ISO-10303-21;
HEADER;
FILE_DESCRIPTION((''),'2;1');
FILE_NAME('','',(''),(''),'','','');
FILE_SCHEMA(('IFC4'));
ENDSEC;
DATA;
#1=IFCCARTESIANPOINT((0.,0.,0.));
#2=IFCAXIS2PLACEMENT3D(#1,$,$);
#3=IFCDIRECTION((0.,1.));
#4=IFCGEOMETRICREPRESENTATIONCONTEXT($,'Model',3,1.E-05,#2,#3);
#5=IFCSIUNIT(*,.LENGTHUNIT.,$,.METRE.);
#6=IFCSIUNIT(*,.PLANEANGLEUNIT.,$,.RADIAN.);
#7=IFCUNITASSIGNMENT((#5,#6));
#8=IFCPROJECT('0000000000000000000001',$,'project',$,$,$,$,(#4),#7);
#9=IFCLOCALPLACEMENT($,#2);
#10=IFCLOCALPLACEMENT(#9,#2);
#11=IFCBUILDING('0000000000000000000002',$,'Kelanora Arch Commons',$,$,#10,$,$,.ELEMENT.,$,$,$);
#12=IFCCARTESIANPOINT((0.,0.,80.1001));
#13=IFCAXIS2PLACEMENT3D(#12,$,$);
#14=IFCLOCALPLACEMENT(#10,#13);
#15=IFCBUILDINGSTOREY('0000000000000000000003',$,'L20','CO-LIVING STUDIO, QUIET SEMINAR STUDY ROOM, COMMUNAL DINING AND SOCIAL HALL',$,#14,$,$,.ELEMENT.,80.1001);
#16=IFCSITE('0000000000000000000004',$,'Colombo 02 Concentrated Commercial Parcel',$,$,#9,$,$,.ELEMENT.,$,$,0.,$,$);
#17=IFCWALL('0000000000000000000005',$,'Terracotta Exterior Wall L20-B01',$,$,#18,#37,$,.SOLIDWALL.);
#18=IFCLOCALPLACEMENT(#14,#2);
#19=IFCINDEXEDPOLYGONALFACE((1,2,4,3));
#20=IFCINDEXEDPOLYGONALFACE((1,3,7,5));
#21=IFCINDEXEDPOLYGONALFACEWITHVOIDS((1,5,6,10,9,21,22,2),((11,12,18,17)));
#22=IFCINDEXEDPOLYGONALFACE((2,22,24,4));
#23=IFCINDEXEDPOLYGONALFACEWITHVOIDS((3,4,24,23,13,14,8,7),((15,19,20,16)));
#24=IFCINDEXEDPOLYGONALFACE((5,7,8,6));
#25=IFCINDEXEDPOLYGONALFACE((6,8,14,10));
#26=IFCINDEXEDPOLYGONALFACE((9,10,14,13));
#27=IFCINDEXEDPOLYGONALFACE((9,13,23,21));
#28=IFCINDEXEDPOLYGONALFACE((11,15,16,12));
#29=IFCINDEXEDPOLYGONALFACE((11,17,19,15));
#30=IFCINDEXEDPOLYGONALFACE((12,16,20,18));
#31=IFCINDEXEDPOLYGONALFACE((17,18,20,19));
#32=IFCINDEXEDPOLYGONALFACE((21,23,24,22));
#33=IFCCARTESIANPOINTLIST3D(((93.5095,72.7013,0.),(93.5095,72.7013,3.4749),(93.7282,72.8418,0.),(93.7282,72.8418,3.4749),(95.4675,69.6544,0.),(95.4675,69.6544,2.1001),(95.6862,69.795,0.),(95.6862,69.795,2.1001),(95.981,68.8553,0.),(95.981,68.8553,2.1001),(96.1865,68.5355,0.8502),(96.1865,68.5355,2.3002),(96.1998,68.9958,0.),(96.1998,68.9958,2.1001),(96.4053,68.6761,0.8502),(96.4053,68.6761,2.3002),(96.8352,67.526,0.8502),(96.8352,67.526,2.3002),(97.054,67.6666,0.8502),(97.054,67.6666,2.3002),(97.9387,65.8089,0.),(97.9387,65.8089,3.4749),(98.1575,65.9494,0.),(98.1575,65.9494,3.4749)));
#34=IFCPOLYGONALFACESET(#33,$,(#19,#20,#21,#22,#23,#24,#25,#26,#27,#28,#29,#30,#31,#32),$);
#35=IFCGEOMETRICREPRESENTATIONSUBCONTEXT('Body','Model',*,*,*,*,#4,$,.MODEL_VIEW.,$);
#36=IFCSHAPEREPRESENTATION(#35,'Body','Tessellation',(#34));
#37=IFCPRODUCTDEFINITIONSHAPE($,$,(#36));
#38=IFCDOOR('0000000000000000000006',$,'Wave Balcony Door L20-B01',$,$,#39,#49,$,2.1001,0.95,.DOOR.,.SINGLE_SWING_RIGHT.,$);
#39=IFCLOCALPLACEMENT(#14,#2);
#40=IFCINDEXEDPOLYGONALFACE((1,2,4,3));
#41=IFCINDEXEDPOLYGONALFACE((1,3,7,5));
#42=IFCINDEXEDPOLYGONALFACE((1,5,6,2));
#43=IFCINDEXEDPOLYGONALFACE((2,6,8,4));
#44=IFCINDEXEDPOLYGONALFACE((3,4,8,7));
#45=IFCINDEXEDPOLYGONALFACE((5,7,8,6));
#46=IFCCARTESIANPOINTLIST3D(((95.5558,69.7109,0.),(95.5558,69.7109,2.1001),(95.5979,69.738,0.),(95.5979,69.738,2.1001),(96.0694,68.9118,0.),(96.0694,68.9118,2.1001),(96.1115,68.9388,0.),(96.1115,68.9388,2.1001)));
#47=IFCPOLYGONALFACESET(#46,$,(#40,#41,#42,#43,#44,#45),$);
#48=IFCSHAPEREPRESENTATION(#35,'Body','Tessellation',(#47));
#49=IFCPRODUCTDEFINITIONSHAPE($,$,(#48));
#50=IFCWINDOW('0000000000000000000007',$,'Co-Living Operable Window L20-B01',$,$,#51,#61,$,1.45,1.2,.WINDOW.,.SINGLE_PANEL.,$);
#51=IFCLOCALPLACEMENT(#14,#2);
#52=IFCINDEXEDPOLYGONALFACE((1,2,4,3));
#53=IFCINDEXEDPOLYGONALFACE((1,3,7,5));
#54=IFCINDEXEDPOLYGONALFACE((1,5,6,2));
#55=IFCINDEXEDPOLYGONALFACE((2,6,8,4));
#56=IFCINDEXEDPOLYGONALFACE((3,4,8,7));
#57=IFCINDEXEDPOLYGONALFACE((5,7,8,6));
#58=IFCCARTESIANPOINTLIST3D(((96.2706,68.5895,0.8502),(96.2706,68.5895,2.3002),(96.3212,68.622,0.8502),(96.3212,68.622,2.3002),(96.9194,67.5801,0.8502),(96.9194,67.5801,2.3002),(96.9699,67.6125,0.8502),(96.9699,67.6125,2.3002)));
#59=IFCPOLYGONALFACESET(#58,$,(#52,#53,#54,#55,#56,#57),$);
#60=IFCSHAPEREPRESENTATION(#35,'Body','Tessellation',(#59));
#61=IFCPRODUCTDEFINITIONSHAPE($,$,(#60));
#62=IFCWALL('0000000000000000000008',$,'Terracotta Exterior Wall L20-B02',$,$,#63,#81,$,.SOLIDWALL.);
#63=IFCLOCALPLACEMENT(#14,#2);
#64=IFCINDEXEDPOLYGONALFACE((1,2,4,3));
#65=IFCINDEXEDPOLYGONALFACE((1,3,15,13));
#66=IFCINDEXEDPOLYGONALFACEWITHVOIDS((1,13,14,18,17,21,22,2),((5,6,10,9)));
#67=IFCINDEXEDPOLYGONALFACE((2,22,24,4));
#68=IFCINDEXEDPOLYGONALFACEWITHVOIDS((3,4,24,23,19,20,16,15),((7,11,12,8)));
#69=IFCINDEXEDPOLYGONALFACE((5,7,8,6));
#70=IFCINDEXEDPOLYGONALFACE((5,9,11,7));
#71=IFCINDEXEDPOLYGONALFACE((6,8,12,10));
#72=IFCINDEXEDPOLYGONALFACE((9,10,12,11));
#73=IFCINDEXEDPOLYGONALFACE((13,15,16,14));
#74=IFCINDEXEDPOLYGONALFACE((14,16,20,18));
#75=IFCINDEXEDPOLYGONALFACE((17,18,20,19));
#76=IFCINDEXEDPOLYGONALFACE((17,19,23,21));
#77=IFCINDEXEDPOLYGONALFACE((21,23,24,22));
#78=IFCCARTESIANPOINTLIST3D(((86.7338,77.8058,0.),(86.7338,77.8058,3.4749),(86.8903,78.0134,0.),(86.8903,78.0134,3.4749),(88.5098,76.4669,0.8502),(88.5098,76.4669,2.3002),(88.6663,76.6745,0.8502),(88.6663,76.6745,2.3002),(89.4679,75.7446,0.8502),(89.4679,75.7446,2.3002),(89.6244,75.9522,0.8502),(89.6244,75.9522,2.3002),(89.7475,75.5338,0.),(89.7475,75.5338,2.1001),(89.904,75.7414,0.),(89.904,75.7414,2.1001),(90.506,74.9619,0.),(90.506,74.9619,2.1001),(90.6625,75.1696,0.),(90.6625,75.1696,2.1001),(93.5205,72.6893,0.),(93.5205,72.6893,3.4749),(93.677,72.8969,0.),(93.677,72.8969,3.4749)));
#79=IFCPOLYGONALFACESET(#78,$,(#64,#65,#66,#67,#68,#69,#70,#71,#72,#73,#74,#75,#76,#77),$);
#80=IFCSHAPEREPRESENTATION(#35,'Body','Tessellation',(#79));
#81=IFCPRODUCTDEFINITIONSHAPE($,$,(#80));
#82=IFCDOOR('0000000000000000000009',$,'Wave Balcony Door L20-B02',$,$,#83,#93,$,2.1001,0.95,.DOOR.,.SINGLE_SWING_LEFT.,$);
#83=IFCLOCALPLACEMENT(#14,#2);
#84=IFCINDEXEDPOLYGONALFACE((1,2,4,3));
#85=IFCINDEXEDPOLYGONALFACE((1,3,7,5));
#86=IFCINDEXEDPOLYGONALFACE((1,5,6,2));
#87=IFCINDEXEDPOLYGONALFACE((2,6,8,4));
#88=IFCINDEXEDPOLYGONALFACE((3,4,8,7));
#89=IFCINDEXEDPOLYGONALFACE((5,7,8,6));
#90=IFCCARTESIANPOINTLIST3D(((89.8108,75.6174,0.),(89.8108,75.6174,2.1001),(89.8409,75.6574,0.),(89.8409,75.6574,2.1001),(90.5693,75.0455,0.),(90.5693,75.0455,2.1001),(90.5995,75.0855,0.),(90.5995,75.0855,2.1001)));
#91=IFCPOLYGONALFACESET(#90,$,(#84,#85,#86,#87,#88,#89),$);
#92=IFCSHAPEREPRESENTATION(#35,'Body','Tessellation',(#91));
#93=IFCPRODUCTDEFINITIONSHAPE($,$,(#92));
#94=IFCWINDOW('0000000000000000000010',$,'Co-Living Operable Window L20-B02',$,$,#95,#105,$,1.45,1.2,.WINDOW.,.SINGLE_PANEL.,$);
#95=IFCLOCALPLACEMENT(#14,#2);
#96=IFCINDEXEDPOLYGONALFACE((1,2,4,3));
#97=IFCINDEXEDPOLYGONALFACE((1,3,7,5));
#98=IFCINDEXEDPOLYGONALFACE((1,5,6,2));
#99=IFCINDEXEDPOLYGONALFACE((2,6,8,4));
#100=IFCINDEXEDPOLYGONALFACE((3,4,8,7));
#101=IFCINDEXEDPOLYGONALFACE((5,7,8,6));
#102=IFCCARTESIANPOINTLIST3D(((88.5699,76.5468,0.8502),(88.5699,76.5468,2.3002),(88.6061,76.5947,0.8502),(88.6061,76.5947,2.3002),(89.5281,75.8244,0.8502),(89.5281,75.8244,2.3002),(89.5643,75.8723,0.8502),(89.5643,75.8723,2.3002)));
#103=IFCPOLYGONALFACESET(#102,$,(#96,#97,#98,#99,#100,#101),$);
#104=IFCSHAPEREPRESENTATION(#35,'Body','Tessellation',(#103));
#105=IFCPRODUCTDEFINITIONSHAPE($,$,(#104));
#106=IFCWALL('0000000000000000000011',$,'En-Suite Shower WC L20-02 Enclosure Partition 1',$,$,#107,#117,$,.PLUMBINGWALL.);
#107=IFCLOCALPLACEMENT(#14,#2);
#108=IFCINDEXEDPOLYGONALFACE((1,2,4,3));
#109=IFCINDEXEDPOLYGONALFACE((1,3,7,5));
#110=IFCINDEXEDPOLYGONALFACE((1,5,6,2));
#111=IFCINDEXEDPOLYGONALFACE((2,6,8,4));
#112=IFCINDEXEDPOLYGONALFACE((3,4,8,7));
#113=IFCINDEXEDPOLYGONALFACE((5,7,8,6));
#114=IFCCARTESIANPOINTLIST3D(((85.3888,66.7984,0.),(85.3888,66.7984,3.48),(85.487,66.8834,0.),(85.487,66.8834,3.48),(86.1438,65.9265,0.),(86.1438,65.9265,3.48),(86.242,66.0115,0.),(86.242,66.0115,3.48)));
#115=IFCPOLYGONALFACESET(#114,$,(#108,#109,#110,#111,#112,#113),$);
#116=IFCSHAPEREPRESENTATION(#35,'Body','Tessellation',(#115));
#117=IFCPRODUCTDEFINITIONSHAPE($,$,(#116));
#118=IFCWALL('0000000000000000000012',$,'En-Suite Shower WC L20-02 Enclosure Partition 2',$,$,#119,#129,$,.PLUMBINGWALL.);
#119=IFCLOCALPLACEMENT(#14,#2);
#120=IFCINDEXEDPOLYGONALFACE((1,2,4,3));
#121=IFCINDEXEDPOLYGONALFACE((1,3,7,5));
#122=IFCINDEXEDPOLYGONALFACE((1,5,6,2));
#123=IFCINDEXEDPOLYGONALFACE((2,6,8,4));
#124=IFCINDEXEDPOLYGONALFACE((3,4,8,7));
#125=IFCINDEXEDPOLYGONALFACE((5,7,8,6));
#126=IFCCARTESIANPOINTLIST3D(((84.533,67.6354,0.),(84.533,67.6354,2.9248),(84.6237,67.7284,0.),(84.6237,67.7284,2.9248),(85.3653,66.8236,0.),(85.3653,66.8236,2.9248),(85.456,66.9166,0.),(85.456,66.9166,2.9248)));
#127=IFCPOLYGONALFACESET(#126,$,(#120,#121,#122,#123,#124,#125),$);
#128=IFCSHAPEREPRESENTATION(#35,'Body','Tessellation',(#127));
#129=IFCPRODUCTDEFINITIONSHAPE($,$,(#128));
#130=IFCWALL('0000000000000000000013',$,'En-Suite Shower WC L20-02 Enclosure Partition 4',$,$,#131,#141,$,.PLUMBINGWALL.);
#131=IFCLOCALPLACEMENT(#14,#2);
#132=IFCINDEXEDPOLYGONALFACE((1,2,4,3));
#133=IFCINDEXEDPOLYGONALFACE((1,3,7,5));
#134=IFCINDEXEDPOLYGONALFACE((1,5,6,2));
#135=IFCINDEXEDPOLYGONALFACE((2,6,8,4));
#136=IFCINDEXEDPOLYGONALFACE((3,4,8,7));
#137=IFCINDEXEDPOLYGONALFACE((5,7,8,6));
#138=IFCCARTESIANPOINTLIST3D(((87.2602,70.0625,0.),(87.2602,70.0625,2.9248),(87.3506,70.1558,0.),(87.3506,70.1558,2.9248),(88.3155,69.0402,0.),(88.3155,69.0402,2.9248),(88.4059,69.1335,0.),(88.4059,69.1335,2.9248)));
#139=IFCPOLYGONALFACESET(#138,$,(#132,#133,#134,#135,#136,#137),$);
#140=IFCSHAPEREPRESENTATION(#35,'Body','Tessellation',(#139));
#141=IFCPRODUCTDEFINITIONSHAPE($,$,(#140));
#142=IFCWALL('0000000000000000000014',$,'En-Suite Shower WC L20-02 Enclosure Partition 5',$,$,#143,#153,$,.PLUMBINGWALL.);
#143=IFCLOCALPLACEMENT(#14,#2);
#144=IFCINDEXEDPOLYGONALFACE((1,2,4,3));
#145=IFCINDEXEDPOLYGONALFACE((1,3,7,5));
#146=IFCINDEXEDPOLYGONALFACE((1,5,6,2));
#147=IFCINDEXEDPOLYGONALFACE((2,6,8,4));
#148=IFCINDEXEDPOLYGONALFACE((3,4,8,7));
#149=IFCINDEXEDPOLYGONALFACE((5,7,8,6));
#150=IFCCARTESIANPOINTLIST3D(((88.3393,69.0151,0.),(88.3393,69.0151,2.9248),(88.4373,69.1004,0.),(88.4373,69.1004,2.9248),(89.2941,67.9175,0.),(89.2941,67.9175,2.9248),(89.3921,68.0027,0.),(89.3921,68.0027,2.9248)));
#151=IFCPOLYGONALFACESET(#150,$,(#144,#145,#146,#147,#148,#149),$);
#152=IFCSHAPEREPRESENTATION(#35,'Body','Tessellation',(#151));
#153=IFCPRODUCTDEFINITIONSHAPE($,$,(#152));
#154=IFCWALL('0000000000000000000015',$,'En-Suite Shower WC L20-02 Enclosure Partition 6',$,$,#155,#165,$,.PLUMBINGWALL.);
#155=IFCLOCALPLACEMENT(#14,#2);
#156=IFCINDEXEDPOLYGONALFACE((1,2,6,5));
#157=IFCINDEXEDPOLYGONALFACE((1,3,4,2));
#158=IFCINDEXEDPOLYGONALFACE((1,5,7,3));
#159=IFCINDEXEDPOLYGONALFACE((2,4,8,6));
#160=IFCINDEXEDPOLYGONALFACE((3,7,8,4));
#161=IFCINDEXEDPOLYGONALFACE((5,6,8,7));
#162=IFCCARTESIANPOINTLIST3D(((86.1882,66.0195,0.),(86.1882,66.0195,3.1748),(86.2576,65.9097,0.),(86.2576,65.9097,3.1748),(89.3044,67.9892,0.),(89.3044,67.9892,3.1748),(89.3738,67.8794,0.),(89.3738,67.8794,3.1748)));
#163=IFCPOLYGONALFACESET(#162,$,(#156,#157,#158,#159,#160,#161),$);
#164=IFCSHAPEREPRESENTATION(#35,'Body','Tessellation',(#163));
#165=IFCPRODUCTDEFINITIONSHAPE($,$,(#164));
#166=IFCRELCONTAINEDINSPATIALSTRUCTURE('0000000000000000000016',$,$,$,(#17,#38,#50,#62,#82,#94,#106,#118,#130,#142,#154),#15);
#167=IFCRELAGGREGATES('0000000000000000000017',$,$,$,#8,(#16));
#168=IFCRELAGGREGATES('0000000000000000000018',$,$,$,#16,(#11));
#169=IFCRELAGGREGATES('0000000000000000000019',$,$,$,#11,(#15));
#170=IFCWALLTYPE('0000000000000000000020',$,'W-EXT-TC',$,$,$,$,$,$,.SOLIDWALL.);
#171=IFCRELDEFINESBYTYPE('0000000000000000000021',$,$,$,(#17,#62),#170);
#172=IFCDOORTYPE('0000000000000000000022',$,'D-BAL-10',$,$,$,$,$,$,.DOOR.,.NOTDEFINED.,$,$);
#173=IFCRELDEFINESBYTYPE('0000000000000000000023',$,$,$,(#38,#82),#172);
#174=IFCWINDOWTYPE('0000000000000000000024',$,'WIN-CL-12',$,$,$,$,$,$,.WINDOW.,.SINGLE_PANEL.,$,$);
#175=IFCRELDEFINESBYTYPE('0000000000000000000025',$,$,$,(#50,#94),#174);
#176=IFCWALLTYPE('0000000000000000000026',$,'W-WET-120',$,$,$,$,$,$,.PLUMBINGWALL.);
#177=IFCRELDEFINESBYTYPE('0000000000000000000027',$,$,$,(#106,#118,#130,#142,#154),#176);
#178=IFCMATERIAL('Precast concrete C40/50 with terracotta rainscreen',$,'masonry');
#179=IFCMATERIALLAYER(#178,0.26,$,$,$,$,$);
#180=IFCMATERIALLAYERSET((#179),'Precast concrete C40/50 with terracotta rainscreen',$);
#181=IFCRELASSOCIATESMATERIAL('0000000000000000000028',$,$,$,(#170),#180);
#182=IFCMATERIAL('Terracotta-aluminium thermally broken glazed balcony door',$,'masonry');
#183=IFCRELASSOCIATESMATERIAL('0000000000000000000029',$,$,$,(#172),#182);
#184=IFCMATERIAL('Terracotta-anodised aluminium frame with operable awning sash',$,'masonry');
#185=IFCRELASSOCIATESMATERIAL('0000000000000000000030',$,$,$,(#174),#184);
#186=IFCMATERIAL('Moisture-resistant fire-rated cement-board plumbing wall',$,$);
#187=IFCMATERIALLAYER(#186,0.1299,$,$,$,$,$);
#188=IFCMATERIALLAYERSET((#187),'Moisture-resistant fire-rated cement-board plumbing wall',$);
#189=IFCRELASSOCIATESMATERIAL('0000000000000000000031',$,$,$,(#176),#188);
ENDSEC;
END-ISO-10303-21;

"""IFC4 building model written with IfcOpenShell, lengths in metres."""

from ifc_helpers import new_model, si_unit, direction, frame, frame_2d, origin, place, context, subcontext, project, spatial, rectangle, extrude, material, layer, layer_set, type_object, element, fill, save


model = new_model("IFC4")

# Units and contexts
model_context = context("Model", 3, precision=1e-05, world=origin(), true_north=direction((0.0, 1.0)))
body_context = subcontext(model_context, "Body", "Model", "MODEL_VIEW")
ifc_project = project(units=[si_unit("LENGTHUNIT", "METRE"), si_unit("PLANEANGLEUNIT", "RADIAN")], contexts=[model_context])

# Site, building, storey
site_placement = place(None, origin())
site = spatial("IfcSite", under=ifc_project, at=site_placement, Name="Colombo 02 Concentrated Commercial Parcel", CompositionType="ELEMENT", RefElevation=0.0)
building_placement = place(site_placement, origin())
building = spatial("IfcBuilding", under=site, at=building_placement, Name="Kelanora Arch Commons", CompositionType="ELEMENT")
storey_placement = place(building_placement, frame((0.0, 0.0, 80.1001)))
storey = spatial("IfcBuildingStorey", under=building, at=storey_placement, Name="L20", Description="CO-LIVING STUDIO, QUIET SEMINAR STUDY ROOM, COMMUNAL DINING AND SOCIAL HALL", CompositionType="ELEMENT", Elevation=80.1001)

# Walls, openings, doors, windows
ifc_material_1 = material(Name="Precast concrete C40/50 with terracotta rainscreen", Category="masonry")
ifc_layer_1 = layer(ifc_material_1, 0.26)
ifc_layer_set_1 = layer_set([ifc_layer_1], Name="Precast concrete C40/50 with terracotta rainscreen")
wall_type_1 = type_object("IfcWallType", Name="W-EXT-TC", PredefinedType="SOLIDWALL", material=ifc_layer_set_1)
wall_1_placement = place(storey_placement, frame((98.0481, 65.8792, 0.0), z_axis=(0.0, 0.0, 1.0), x_axis=(-0.540621, 0.841267, 0.0)))
wall_1 = element("IfcWall", 1, at=wall_1_placement, inside=storey, type_object=wall_type_1, Name="Terracotta Exterior Wall L20-B01", PredefinedType="SOLIDWALL", context=body_context, shape_type="SweptSolid", body=[
    extrude(rectangle(XDim=8.1929, YDim=0.26, at=frame_2d((4.0964, 0.0))), origin(), (0.0, 0.0, 1.0), 3.4749),
])
opening_1_placement = place(wall_1_placement, frame((3.6211, 0.0, 0.0)))
opening_1 = element("IfcOpeningElement", 2, at=opening_1_placement, cuts=wall_1, PredefinedType="OPENING", context=body_context, shape_type="SweptSolid", body=[
    extrude(rectangle(XDim=0.95, YDim=2.1001, at=frame_2d((0.4751, 1.05))), frame((0.0, 0.1401, 0.0), z_axis=(0.0, -1.0, 0.0), x_axis=(1.0, 0.0, 0.0)), (0.0, 0.0, 1.0), 0.28),
])
opening_2_placement = place(wall_1_placement, frame((2.041, 0.0, 0.8501)))
opening_2 = element("IfcOpeningElement", 3, at=opening_2_placement, cuts=wall_1, PredefinedType="OPENING", context=body_context, shape_type="SweptSolid", body=[
    extrude(rectangle(XDim=1.2, YDim=1.45, at=frame_2d((0.6001, 0.7251))), frame((0.0, 0.1401, 0.0), z_axis=(0.0, -1.0, 0.0), x_axis=(1.0, 0.0, 0.0)), (0.0, 0.0, 1.0), 0.28),
])
ifc_material_2 = material(Name="Terracotta-aluminium thermally broken glazed balcony door", Category="masonry")
door_type = type_object("IfcDoorType", Name="D-BAL-10", OperationType="NOTDEFINED", PredefinedType="DOOR", material=ifc_material_2)
door_1_placement = place(opening_1_placement, frame((0.95, 0.0, 0.0), z_axis=(0.0, 0.0, 1.0), x_axis=(-1.0, 0.0, 0.0)))
door_1 = element("IfcDoor", 4, at=door_1_placement, inside=storey, type_object=door_type, Name="Wave Balcony Door L20-B01", OperationType="SINGLE_SWING_RIGHT", OverallHeight=2.1001, OverallWidth=0.95, PredefinedType="DOOR", context=body_context, shape_type="SweptSolid", body=[
    extrude(rectangle(XDim=0.95, YDim=2.1001, at=frame_2d((0.4751, 1.05))), frame((0.0, 0.0249, 0.0), z_axis=(0.0, -1.0, 0.0), x_axis=(1.0, 0.0, 0.0)), (0.0, 0.0, 1.0), 0.05),
])
fill(opening_1, door_1)
ifc_material_3 = material(Name="Terracotta-anodised aluminium frame with operable awning sash", Category="masonry")
window_type = type_object("IfcWindowType", Name="WIN-CL-12", PartitioningType="SINGLE_PANEL", PredefinedType="WINDOW", material=ifc_material_3)
window_1_placement = place(opening_2_placement, origin())
window_1 = element("IfcWindow", 5, at=window_1_placement, inside=storey, type_object=window_type, Name="Co-Living Operable Window L20-B01", OverallHeight=1.45, OverallWidth=1.2, PartitioningType="SINGLE_PANEL", PredefinedType="WINDOW", context=body_context, shape_type="SweptSolid", body=[
    extrude(rectangle(XDim=1.2, YDim=1.45, at=frame_2d((0.6001, 0.7251))), frame((0.0, 0.03, 0.0), z_axis=(0.0, -1.0, 0.0), x_axis=(1.0, 0.0, 0.0)), (0.0, 0.0, 1.0), 0.0601),
])
fill(opening_2, window_1)
wall_2_placement = place(storey_placement, frame((93.5986, 72.7932, 0.0), z_axis=(0.0, 0.0, 1.0), x_axis=(-0.798502, 0.601993, 0.0)))
wall_2 = element("IfcWall", 6, at=wall_2_placement, inside=storey, type_object=wall_type_1, Name="Terracotta Exterior Wall L20-B02", PredefinedType="SOLIDWALL", context=body_context, shape_type="SweptSolid", body=[
    extrude(rectangle(XDim=8.4993, YDim=0.26, at=frame_2d((4.2495, 0.0))), origin(), (0.0, 0.0, 1.0), 3.4749),
])
opening_3_placement = place(wall_2_placement, frame((3.7749, 0.0, 0.0)))
opening_3 = element("IfcOpeningElement", 7, at=opening_3_placement, cuts=wall_2, PredefinedType="OPENING", context=body_context, shape_type="SweptSolid", body=[
    extrude(rectangle(XDim=0.95, YDim=2.1001, at=frame_2d((0.4751, 1.05))), frame((0.0, 0.1401, 0.0), z_axis=(0.0, -1.0, 0.0), x_axis=(1.0, 0.0, 0.0)), (0.0, 0.0, 1.0), 0.28),
])
opening_4_placement = place(wall_2_placement, frame((5.075, 0.0, 0.8501)))
opening_4 = element("IfcOpeningElement", 8, at=opening_4_placement, cuts=wall_2, PredefinedType="OPENING", context=body_context, shape_type="SweptSolid", body=[
    extrude(rectangle(XDim=1.2, YDim=1.45, at=frame_2d((0.6001, 0.7251))), frame((0.0, 0.1401, 0.0), z_axis=(0.0, -1.0, 0.0), x_axis=(1.0, 0.0, 0.0)), (0.0, 0.0, 1.0), 0.28),
])
door_2_placement = place(opening_3_placement, frame((0.95, 0.0, 0.0), z_axis=(0.0, 0.0, 1.0), x_axis=(-1.0, 0.0, 0.0)))
door_2 = element("IfcDoor", 9, at=door_2_placement, inside=storey, type_object=door_type, Name="Wave Balcony Door L20-B02", OperationType="SINGLE_SWING_LEFT", OverallHeight=2.1001, OverallWidth=0.95, PredefinedType="DOOR", context=body_context, shape_type="SweptSolid", body=[
    extrude(rectangle(XDim=0.95, YDim=2.1001, at=frame_2d((0.4751, 1.05))), frame((0.0, 0.0249, 0.0), z_axis=(0.0, -1.0, 0.0), x_axis=(1.0, 0.0, 0.0)), (0.0, 0.0, 1.0), 0.05),
])
fill(opening_3, door_2)
window_2_placement = place(opening_4_placement, origin())
window_2 = element("IfcWindow", 10, at=window_2_placement, inside=storey, type_object=window_type, Name="Co-Living Operable Window L20-B02", OverallHeight=1.45, OverallWidth=1.2, PartitioningType="SINGLE_PANEL", PredefinedType="WINDOW", context=body_context, shape_type="SweptSolid", body=[
    extrude(rectangle(XDim=1.2, YDim=1.45, at=frame_2d((0.6001, 0.7251))), frame((0.0, 0.03, 0.0), z_axis=(0.0, -1.0, 0.0), x_axis=(1.0, 0.0, 0.0)), (0.0, 0.0, 1.0), 0.0601),
])
fill(opening_4, window_2)

# Walls
ifc_material_4 = material(Name="Moisture-resistant fire-rated cement-board plumbing wall")
ifc_layer_2 = layer(ifc_material_4, 0.1299)
ifc_layer_set_2 = layer_set([ifc_layer_2], Name="Moisture-resistant fire-rated cement-board plumbing wall")
wall_type_2 = type_object("IfcWallType", Name="W-WET-120", PredefinedType="PLUMBINGWALL", material=ifc_layer_set_2)
wall_3_placement = place(storey_placement, frame((86.1929, 65.969, 0.0), z_axis=(0.0, 0.0, 1.0), x_axis=(-0.654584, 0.755989, 0.0)))
element("IfcWall", 11, at=wall_3_placement, inside=storey, type_object=wall_type_2, Name="En-Suite Shower WC L20-02 Enclosure Partition 1", PredefinedType="PLUMBINGWALL", context=body_context, shape_type="SweptSolid", body=[
    extrude(rectangle(XDim=1.1533, YDim=0.1299, at=frame_2d((0.5767, 0.0))), origin(), (0.0, 0.0, 1.0), 3.48),
])
wall_4_placement = place(storey_placement, frame((85.4106, 66.8701, 0.0), z_axis=(0.0, 0.0, 1.0), x_axis=(-0.715872, 0.698232, 0.0)))
element("IfcWall", 12, at=wall_4_placement, inside=storey, type_object=wall_type_2, Name="En-Suite Shower WC L20-02 Enclosure Partition 2", PredefinedType="PLUMBINGWALL", context=body_context, shape_type="SweptSolid", body=[
    extrude(rectangle(XDim=1.1626, YDim=0.1299, at=frame_2d((0.5813, 0.0))), origin(), (0.0, 0.0, 1.0), 2.9248),
])
wall_5_placement = place(storey_placement, frame((87.3054, 70.1091, 0.0), z_axis=(0.0, 0.0, 1.0), x_axis=(0.718235, -0.695801, 0.0)))
element("IfcWall", 13, at=wall_5_placement, inside=storey, type_object=wall_type_2, Name="En-Suite Shower WC L20-02 Enclosure Partition 4", PredefinedType="PLUMBINGWALL", context=body_context, shape_type="SweptSolid", body=[
    extrude(rectangle(XDim=1.4692, YDim=0.1299, at=frame_2d((0.7346, 0.0))), origin(), (0.0, 0.0, 1.0), 2.9248),
])
wall_6_placement = place(storey_placement, frame((88.3882, 69.0579, 0.0), z_axis=(0.0, 0.0, 1.0), x_axis=(0.656316, -0.754486, 0.0)))
element("IfcWall", 14, at=wall_6_placement, inside=storey, type_object=wall_type_2, Name="En-Suite Shower WC L20-02 Enclosure Partition 5", PredefinedType="PLUMBINGWALL", context=body_context, shape_type="SweptSolid", body=[
    extrude(rectangle(XDim=1.4548, YDim=0.1299, at=frame_2d((0.7275, 0.0))), origin(), (0.0, 0.0, 1.0), 2.9248),
])
wall_7_placement = place(storey_placement, frame((89.3391, 67.9343, 0.0), z_axis=(0.0, 0.0, 1.0), x_axis=(-0.845294, -0.534302, 0.0)))
element("IfcWall", 15, at=wall_7_placement, inside=storey, type_object=wall_type_2, Name="En-Suite Shower WC L20-02 Enclosure Partition 6", PredefinedType="PLUMBINGWALL", context=body_context, shape_type="SweptSolid", body=[
    extrude(rectangle(XDim=3.6865, YDim=0.1299, at=frame_2d((1.8433, 0.0))), origin(), (0.0, 0.0, 1.0), 3.1748),
])

save(model, "model.ifc")
